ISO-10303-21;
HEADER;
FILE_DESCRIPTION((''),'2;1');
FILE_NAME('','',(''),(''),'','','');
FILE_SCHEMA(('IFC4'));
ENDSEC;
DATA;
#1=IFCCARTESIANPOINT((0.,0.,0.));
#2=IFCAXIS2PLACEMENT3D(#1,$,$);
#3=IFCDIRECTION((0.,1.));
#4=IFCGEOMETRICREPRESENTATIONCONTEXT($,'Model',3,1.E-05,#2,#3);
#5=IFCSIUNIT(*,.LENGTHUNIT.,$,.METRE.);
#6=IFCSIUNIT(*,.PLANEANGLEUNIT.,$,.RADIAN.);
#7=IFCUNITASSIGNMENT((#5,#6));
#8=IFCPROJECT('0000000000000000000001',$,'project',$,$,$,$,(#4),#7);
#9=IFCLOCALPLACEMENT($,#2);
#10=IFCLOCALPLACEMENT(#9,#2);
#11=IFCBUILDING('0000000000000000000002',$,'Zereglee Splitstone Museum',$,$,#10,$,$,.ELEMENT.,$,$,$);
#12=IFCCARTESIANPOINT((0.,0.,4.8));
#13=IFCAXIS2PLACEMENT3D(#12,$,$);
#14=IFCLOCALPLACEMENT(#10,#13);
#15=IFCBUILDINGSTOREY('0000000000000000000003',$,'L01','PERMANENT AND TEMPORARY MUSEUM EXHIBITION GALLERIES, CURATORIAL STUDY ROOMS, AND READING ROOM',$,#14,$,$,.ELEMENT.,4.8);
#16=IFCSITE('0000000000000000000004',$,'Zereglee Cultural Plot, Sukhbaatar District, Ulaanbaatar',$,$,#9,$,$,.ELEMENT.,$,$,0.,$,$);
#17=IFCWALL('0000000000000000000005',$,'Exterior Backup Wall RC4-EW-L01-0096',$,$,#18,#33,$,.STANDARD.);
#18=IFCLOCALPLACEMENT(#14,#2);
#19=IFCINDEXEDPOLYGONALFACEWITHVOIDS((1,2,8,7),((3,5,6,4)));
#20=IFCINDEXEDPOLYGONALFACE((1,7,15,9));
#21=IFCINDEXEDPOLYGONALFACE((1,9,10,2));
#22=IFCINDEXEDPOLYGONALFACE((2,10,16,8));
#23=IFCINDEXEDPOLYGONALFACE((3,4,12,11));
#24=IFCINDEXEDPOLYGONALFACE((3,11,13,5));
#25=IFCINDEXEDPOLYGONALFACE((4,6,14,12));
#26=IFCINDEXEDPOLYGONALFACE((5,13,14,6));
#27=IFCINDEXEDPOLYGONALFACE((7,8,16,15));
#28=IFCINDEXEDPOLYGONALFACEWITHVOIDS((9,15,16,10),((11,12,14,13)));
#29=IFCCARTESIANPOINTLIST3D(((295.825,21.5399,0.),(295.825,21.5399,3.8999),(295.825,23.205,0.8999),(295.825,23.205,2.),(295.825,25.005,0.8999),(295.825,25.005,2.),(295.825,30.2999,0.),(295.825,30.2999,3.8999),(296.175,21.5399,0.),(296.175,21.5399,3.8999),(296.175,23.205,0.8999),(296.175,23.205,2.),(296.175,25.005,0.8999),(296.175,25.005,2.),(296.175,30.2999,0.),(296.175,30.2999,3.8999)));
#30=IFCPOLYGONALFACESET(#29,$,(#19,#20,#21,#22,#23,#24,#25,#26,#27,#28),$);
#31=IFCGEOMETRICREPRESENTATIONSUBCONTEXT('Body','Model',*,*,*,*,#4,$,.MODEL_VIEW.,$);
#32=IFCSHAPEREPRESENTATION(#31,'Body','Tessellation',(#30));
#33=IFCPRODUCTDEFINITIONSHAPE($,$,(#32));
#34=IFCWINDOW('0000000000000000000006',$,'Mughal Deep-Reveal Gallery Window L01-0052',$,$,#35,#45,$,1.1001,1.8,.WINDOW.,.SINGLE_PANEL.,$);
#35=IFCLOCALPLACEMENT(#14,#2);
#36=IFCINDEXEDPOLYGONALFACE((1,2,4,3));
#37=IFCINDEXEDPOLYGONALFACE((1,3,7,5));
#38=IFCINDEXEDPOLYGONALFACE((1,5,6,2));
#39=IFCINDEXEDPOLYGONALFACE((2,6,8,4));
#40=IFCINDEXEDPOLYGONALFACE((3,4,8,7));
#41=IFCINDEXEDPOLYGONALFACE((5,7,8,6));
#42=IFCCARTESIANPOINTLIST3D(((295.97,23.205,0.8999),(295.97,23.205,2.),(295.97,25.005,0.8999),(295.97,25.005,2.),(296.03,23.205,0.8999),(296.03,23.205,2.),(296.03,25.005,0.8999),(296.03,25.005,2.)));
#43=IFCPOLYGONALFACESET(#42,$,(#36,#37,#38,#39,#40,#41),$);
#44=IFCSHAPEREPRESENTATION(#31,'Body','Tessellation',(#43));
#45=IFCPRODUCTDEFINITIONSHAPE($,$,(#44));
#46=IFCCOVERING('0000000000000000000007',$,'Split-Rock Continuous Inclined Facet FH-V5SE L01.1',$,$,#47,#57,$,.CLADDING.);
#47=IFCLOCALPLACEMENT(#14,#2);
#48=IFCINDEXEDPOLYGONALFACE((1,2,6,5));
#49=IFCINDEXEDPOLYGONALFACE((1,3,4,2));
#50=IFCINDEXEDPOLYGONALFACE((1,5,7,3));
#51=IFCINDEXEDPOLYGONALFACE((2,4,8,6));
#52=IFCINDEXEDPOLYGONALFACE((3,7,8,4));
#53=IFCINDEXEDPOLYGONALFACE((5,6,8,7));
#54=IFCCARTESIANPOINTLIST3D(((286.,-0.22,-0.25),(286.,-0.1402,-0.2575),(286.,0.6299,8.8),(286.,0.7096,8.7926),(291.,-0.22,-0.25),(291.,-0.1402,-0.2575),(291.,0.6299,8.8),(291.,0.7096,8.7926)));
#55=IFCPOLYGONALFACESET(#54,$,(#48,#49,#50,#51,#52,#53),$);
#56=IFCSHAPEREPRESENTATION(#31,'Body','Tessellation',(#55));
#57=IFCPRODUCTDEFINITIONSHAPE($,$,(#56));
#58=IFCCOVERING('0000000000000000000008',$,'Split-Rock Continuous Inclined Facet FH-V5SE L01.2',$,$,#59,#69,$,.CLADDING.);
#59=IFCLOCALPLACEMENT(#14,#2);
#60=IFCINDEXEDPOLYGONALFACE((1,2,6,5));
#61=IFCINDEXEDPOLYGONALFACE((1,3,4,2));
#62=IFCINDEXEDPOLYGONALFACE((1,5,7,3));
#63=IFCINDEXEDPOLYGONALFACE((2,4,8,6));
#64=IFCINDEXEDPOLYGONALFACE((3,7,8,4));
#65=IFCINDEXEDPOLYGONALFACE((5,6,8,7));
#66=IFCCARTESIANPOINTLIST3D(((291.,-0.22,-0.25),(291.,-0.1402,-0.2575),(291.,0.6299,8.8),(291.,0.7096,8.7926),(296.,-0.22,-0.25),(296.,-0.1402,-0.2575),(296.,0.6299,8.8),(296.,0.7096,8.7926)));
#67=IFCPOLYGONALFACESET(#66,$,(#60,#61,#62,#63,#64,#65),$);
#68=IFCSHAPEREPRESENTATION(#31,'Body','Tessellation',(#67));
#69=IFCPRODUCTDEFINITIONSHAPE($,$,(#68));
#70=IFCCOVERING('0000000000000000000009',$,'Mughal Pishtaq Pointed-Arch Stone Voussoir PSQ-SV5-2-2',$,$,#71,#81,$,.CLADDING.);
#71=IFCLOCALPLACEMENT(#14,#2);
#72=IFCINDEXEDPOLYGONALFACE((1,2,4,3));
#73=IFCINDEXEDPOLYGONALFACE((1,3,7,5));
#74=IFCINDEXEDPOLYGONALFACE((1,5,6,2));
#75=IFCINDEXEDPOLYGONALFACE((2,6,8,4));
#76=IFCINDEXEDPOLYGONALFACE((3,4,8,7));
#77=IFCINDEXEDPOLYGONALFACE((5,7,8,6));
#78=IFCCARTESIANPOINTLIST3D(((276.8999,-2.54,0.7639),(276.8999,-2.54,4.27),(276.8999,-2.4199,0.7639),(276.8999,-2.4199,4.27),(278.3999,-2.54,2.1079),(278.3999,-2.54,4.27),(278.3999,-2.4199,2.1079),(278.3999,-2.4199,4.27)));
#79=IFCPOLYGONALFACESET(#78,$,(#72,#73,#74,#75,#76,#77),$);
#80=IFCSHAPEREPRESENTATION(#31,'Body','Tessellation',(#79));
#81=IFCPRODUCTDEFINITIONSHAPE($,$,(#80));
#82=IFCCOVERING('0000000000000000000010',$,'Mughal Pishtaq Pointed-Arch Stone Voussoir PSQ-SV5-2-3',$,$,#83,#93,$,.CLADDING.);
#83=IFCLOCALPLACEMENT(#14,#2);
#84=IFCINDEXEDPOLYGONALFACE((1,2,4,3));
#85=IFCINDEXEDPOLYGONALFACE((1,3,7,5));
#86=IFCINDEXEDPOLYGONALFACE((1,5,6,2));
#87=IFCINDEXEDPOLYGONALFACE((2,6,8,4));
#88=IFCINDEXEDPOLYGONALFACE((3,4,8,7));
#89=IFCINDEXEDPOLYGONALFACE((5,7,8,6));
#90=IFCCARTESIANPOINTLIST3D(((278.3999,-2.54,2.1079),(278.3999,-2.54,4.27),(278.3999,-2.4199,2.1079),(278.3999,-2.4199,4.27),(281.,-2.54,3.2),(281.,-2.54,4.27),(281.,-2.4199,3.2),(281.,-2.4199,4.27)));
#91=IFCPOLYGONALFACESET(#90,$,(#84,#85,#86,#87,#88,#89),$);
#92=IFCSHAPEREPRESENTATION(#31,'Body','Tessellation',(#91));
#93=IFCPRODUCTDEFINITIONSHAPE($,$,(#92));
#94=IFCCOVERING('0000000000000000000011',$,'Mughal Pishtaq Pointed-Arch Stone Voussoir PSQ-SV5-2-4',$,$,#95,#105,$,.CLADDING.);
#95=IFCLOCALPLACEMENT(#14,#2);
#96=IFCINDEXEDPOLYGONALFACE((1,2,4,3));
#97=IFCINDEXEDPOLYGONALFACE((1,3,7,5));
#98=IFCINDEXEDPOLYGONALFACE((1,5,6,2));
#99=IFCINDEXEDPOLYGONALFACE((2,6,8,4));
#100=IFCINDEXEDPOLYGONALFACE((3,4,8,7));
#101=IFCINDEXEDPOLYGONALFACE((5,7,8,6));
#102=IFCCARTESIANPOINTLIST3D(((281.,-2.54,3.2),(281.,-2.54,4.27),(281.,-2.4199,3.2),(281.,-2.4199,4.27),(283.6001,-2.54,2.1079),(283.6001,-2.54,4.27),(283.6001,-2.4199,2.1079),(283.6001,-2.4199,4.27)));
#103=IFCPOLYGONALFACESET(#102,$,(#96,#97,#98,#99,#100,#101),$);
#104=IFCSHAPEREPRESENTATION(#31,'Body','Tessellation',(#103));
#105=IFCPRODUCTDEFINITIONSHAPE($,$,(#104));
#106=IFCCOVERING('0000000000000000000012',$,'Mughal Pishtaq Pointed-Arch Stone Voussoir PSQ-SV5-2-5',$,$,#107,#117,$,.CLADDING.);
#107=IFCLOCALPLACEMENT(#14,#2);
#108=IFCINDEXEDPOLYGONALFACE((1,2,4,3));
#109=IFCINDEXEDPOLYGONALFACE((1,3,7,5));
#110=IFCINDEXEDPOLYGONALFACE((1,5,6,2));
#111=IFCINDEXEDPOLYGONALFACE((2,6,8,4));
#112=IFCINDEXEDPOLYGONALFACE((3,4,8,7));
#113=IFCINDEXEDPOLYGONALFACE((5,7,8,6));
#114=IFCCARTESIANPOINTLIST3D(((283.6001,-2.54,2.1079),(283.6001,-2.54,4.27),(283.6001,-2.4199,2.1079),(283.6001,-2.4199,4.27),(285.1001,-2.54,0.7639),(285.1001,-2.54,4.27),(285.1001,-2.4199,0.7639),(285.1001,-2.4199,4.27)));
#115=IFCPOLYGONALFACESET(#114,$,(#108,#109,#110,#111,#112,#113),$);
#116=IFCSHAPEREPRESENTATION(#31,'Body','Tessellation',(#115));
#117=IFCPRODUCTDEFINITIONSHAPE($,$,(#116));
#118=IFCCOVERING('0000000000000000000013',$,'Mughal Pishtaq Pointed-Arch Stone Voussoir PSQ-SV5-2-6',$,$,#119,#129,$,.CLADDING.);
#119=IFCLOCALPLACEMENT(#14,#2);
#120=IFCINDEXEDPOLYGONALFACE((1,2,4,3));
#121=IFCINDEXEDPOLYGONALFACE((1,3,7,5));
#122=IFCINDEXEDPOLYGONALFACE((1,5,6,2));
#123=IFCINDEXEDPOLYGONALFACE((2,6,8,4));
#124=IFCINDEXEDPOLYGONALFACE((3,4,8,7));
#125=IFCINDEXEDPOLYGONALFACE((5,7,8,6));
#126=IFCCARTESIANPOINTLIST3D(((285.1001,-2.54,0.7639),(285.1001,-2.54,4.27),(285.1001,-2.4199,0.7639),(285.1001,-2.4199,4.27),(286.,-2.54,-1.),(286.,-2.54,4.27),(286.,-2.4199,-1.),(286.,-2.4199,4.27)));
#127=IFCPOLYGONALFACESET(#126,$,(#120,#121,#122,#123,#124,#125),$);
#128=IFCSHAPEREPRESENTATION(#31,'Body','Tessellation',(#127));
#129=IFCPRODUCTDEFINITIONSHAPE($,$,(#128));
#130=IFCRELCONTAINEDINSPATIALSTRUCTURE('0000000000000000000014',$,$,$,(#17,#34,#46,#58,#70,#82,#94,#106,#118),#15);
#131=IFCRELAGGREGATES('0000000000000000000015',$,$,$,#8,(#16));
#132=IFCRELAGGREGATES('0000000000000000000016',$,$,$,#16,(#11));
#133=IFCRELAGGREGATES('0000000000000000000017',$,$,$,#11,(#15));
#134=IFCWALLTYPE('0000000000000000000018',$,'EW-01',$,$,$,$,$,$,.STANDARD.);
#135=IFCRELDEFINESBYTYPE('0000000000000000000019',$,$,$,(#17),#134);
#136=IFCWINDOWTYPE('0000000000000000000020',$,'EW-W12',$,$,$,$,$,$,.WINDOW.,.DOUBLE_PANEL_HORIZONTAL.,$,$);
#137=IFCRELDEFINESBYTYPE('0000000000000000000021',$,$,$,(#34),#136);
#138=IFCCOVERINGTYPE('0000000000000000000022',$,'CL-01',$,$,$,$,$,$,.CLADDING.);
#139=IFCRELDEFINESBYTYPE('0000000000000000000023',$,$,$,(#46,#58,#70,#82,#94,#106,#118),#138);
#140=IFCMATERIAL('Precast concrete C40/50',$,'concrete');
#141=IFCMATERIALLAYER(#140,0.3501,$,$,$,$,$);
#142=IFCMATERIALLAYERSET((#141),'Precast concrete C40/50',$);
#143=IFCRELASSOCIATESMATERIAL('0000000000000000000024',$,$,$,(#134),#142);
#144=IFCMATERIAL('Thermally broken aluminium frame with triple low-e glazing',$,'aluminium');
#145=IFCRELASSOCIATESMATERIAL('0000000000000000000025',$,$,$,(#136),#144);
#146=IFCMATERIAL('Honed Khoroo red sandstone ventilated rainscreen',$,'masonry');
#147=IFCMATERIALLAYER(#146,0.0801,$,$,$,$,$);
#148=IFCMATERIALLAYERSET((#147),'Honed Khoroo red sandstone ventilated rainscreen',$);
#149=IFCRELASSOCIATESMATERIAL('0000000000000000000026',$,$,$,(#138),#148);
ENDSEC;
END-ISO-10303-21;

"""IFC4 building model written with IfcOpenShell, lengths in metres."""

from ifc_helpers import new_model, si_unit, direction, frame, frame_2d, origin, place, context, subcontext, project, spatial, polyline, rectangle, outline, extrude, material, layer, layer_set, type_object, element, fill, save


model = new_model("IFC4")

# Units and contexts
model_context = context("Model", 3, precision=1e-05, world=origin(), true_north=direction((0.0, 1.0)))
body_context = subcontext(model_context, "Body", "Model", "MODEL_VIEW")
ifc_project = project(units=[si_unit("LENGTHUNIT", "METRE"), si_unit("PLANEANGLEUNIT", "RADIAN")], contexts=[model_context])

# Site, building, storey
site_placement = place(None, origin())
site = spatial("IfcSite", under=ifc_project, at=site_placement, Name="Zereglee Cultural Plot, Sukhbaatar District, Ulaanbaatar", CompositionType="ELEMENT", RefElevation=0.0)
building_placement = place(site_placement, origin())
building = spatial("IfcBuilding", under=site, at=building_placement, Name="Zereglee Splitstone Museum", CompositionType="ELEMENT")
storey_placement = place(building_placement, frame((0.0, 0.0, 4.8)))
storey = spatial("IfcBuildingStorey", under=building, at=storey_placement, Name="L01", Description="PERMANENT AND TEMPORARY MUSEUM EXHIBITION GALLERIES, CURATORIAL STUDY ROOMS, AND READING ROOM", CompositionType="ELEMENT", Elevation=4.8)

# Shared definitions
ifc_material_1 = material(Name="Precast concrete C40/50", Category="concrete")
ifc_layer_1 = layer(ifc_material_1, 0.3501)
ifc_layer_set_1 = layer_set([ifc_layer_1], Name="Precast concrete C40/50")
wall_type = type_object("IfcWallType", Name="EW-01", PredefinedType="STANDARD", material=ifc_layer_set_1)

# Wall, opening, window
wall_1_placement = place(storey_placement, frame((296.0, 21.54, 0.0), z_axis=(0.0, 0.0, 1.0), x_axis=(0.0, 1.0, 0.0)))
wall_1 = element("IfcWall", 1, at=wall_1_placement, inside=storey, type_object=wall_type, Name="Exterior Backup Wall RC4-EW-L01-0096", PredefinedType="STANDARD", context=body_context, shape_type="SweptSolid", body=[
    extrude(rectangle(XDim=8.76, YDim=0.3501, at=frame_2d((4.3799, 0.0))), origin(), (0.0, 0.0, 1.0), 3.8999),
])
opening_placement = place(wall_1_placement, frame((1.665, 0.0, 0.8999)))
opening = element("IfcOpeningElement", 2, at=opening_placement, cuts=wall_1, PredefinedType="OPENING", context=body_context, shape_type="SweptSolid", body=[
    extrude(rectangle(XDim=1.8, YDim=1.1001, at=frame_2d((0.8999, 0.55))), frame((0.0, 0.1899, 0.0), z_axis=(0.0, -1.0, 0.0), x_axis=(1.0, 0.0, 0.0)), (0.0, 0.0, 1.0), 0.3799),
])
ifc_material_2 = material(Name="Thermally broken aluminium frame with triple low-e glazing", Category="aluminium")
window_type = type_object("IfcWindowType", Name="EW-W12", PartitioningType="DOUBLE_PANEL_HORIZONTAL", PredefinedType="WINDOW", material=ifc_material_2)
window_placement = place(opening_placement, origin())
window = element("IfcWindow", 3, at=window_placement, inside=storey, type_object=window_type, Name="Mughal Deep-Reveal Gallery Window L01-0052", OverallHeight=1.1001, OverallWidth=1.8, PartitioningType="SINGLE_PANEL", PredefinedType="WINDOW", context=body_context, shape_type="SweptSolid", body=[
    extrude(rectangle(XDim=1.8, YDim=1.1001, at=frame_2d((0.8999, 0.55))), frame((0.0, 0.03, 0.0), z_axis=(0.0, -1.0, 0.0), x_axis=(1.0, 0.0, 0.0)), (0.0, 0.0, 1.0), 0.0601),
])
fill(opening, window)

# Coverings
ifc_material_3 = material(Name="Honed Khoroo red sandstone ventilated rainscreen", Category="masonry")
ifc_layer_2 = layer(ifc_material_3, 0.0801)
ifc_layer_set_2 = layer_set([ifc_layer_2], Name="Honed Khoroo red sandstone ventilated rainscreen")
covering_type = type_object("IfcCoveringType", Name="CL-01", PredefinedType="CLADDING", material=ifc_layer_set_2)
for number, where, z_axis, x_axis, name in (
    (4, (286.0, -0.22, -0.25), (0.0, -0.99562, 0.093495), (1.0, 0.0, 0.0), "Split-Rock Continuous Inclined Facet FH-V5SE L01.1"),
    (5, (291.0, -0.22, -0.25), (0.0, -0.99562, 0.093495), (1.0, 0.0, 0.0), "Split-Rock Continuous Inclined Facet FH-V5SE L01.2"),
):
    element("IfcCovering", number, at=place(storey_placement, frame(where, z_axis=z_axis, x_axis=x_axis)), inside=storey, type_object=covering_type, Name=name, PredefinedType="CLADDING", context=body_context, shape_type="SweptSolid", body=[
        extrude(outline(polyline([(0.0, 0.0), (5.0, 0.0), (5.0, 9.0899), (0.0, 9.0899), (0.0, 0.0)])), origin(), (0.0, 0.0, -1.0), 0.0801),
    ])
covering_1_placement = place(storey_placement, frame((276.8999, -2.54, 0.7639), z_axis=(0.0, -1.0, 0.0), x_axis=(0.744775, 0.0, 0.667316)))
element("IfcCovering", 6, at=covering_1_placement, inside=storey, type_object=covering_type, Name="Mughal Pishtaq Pointed-Arch Stone Voussoir PSQ-SV5-2-2", PredefinedType="CLADDING", context=body_context, shape_type="SweptSolid", body=[
    extrude(outline(polyline([(0.0, 0.0), (2.014, 0.0), (3.4568, 1.6103), (2.3397, 2.6113), (0.0, 0.0)])), origin(), (0.0, 0.0, -1.0), 0.1201),
])
covering_2_placement = place(storey_placement, frame((278.3999, -2.54, 2.1079), z_axis=(0.0, -1.0, 0.0), x_axis=(0.921982, 0.0, 0.387232)))
element("IfcCovering", 7, at=covering_2_placement, inside=storey, type_object=covering_type, Name="Mughal Pishtaq Pointed-Arch Stone Voussoir PSQ-SV5-2-3", PredefinedType="CLADDING", context=body_context, shape_type="SweptSolid", body=[
    extrude(outline(polyline([(0.0, 0.0), (2.8201, 0.0), (3.2345, 0.9866), (0.8372, 1.9934), (0.0, 0.0)])), origin(), (0.0, 0.0, -1.0), 0.1201),
])
covering_3_placement = place(storey_placement, frame((281.0, -2.54, 3.2), z_axis=(0.0, -1.0, 0.0), x_axis=(0.921982, 0.0, -0.387232)))
element("IfcCovering", 8, at=covering_3_placement, inside=storey, type_object=covering_type, Name="Mughal Pishtaq Pointed-Arch Stone Voussoir PSQ-SV5-2-4", PredefinedType="CLADDING", context=body_context, shape_type="SweptSolid", body=[
    extrude(outline(polyline([(0.0, 0.0), (2.8201, 0.0), (1.9829, 1.9934), (-0.4144, 0.9866), (0.0, 0.0)])), origin(), (0.0, 0.0, -1.0), 0.1201),
])
covering_4_placement = place(storey_placement, frame((283.6001, -2.54, 2.1079), z_axis=(0.0, -1.0, 0.0), x_axis=(0.744775, 0.0, -0.667316)))
element("IfcCovering", 9, at=covering_4_placement, inside=storey, type_object=covering_type, Name="Mughal Pishtaq Pointed-Arch Stone Voussoir PSQ-SV5-2-5", PredefinedType="CLADDING", context=body_context, shape_type="SweptSolid", body=[
    extrude(outline(polyline([(0.0, 0.0), (2.014, 0.0), (-0.3256, 2.6113), (-1.4428, 1.6103), (0.0, 0.0)])), origin(), (0.0, 0.0, -1.0), 0.1201),
])
covering_5_placement = place(storey_placement, frame((285.1001, -2.54, 0.7639), z_axis=(0.0, -1.0, 0.0), x_axis=(0.454448, 0.0, -0.890773)))
element("IfcCovering", 10, at=covering_5_placement, inside=storey, type_object=covering_type, Name="Mughal Pishtaq Pointed-Arch Stone Voussoir PSQ-SV5-2-6", PredefinedType="CLADDING", context=body_context, shape_type="SweptSolid", body=[
    extrude(outline(polyline([(0.0, 0.0), (1.9802, 0.0), (-2.7142, 2.395), (-3.1231, 1.5933), (0.0, 0.0)])), origin(), (0.0, 0.0, -1.0), 0.1201),
])

save(model, "model.ifc")
